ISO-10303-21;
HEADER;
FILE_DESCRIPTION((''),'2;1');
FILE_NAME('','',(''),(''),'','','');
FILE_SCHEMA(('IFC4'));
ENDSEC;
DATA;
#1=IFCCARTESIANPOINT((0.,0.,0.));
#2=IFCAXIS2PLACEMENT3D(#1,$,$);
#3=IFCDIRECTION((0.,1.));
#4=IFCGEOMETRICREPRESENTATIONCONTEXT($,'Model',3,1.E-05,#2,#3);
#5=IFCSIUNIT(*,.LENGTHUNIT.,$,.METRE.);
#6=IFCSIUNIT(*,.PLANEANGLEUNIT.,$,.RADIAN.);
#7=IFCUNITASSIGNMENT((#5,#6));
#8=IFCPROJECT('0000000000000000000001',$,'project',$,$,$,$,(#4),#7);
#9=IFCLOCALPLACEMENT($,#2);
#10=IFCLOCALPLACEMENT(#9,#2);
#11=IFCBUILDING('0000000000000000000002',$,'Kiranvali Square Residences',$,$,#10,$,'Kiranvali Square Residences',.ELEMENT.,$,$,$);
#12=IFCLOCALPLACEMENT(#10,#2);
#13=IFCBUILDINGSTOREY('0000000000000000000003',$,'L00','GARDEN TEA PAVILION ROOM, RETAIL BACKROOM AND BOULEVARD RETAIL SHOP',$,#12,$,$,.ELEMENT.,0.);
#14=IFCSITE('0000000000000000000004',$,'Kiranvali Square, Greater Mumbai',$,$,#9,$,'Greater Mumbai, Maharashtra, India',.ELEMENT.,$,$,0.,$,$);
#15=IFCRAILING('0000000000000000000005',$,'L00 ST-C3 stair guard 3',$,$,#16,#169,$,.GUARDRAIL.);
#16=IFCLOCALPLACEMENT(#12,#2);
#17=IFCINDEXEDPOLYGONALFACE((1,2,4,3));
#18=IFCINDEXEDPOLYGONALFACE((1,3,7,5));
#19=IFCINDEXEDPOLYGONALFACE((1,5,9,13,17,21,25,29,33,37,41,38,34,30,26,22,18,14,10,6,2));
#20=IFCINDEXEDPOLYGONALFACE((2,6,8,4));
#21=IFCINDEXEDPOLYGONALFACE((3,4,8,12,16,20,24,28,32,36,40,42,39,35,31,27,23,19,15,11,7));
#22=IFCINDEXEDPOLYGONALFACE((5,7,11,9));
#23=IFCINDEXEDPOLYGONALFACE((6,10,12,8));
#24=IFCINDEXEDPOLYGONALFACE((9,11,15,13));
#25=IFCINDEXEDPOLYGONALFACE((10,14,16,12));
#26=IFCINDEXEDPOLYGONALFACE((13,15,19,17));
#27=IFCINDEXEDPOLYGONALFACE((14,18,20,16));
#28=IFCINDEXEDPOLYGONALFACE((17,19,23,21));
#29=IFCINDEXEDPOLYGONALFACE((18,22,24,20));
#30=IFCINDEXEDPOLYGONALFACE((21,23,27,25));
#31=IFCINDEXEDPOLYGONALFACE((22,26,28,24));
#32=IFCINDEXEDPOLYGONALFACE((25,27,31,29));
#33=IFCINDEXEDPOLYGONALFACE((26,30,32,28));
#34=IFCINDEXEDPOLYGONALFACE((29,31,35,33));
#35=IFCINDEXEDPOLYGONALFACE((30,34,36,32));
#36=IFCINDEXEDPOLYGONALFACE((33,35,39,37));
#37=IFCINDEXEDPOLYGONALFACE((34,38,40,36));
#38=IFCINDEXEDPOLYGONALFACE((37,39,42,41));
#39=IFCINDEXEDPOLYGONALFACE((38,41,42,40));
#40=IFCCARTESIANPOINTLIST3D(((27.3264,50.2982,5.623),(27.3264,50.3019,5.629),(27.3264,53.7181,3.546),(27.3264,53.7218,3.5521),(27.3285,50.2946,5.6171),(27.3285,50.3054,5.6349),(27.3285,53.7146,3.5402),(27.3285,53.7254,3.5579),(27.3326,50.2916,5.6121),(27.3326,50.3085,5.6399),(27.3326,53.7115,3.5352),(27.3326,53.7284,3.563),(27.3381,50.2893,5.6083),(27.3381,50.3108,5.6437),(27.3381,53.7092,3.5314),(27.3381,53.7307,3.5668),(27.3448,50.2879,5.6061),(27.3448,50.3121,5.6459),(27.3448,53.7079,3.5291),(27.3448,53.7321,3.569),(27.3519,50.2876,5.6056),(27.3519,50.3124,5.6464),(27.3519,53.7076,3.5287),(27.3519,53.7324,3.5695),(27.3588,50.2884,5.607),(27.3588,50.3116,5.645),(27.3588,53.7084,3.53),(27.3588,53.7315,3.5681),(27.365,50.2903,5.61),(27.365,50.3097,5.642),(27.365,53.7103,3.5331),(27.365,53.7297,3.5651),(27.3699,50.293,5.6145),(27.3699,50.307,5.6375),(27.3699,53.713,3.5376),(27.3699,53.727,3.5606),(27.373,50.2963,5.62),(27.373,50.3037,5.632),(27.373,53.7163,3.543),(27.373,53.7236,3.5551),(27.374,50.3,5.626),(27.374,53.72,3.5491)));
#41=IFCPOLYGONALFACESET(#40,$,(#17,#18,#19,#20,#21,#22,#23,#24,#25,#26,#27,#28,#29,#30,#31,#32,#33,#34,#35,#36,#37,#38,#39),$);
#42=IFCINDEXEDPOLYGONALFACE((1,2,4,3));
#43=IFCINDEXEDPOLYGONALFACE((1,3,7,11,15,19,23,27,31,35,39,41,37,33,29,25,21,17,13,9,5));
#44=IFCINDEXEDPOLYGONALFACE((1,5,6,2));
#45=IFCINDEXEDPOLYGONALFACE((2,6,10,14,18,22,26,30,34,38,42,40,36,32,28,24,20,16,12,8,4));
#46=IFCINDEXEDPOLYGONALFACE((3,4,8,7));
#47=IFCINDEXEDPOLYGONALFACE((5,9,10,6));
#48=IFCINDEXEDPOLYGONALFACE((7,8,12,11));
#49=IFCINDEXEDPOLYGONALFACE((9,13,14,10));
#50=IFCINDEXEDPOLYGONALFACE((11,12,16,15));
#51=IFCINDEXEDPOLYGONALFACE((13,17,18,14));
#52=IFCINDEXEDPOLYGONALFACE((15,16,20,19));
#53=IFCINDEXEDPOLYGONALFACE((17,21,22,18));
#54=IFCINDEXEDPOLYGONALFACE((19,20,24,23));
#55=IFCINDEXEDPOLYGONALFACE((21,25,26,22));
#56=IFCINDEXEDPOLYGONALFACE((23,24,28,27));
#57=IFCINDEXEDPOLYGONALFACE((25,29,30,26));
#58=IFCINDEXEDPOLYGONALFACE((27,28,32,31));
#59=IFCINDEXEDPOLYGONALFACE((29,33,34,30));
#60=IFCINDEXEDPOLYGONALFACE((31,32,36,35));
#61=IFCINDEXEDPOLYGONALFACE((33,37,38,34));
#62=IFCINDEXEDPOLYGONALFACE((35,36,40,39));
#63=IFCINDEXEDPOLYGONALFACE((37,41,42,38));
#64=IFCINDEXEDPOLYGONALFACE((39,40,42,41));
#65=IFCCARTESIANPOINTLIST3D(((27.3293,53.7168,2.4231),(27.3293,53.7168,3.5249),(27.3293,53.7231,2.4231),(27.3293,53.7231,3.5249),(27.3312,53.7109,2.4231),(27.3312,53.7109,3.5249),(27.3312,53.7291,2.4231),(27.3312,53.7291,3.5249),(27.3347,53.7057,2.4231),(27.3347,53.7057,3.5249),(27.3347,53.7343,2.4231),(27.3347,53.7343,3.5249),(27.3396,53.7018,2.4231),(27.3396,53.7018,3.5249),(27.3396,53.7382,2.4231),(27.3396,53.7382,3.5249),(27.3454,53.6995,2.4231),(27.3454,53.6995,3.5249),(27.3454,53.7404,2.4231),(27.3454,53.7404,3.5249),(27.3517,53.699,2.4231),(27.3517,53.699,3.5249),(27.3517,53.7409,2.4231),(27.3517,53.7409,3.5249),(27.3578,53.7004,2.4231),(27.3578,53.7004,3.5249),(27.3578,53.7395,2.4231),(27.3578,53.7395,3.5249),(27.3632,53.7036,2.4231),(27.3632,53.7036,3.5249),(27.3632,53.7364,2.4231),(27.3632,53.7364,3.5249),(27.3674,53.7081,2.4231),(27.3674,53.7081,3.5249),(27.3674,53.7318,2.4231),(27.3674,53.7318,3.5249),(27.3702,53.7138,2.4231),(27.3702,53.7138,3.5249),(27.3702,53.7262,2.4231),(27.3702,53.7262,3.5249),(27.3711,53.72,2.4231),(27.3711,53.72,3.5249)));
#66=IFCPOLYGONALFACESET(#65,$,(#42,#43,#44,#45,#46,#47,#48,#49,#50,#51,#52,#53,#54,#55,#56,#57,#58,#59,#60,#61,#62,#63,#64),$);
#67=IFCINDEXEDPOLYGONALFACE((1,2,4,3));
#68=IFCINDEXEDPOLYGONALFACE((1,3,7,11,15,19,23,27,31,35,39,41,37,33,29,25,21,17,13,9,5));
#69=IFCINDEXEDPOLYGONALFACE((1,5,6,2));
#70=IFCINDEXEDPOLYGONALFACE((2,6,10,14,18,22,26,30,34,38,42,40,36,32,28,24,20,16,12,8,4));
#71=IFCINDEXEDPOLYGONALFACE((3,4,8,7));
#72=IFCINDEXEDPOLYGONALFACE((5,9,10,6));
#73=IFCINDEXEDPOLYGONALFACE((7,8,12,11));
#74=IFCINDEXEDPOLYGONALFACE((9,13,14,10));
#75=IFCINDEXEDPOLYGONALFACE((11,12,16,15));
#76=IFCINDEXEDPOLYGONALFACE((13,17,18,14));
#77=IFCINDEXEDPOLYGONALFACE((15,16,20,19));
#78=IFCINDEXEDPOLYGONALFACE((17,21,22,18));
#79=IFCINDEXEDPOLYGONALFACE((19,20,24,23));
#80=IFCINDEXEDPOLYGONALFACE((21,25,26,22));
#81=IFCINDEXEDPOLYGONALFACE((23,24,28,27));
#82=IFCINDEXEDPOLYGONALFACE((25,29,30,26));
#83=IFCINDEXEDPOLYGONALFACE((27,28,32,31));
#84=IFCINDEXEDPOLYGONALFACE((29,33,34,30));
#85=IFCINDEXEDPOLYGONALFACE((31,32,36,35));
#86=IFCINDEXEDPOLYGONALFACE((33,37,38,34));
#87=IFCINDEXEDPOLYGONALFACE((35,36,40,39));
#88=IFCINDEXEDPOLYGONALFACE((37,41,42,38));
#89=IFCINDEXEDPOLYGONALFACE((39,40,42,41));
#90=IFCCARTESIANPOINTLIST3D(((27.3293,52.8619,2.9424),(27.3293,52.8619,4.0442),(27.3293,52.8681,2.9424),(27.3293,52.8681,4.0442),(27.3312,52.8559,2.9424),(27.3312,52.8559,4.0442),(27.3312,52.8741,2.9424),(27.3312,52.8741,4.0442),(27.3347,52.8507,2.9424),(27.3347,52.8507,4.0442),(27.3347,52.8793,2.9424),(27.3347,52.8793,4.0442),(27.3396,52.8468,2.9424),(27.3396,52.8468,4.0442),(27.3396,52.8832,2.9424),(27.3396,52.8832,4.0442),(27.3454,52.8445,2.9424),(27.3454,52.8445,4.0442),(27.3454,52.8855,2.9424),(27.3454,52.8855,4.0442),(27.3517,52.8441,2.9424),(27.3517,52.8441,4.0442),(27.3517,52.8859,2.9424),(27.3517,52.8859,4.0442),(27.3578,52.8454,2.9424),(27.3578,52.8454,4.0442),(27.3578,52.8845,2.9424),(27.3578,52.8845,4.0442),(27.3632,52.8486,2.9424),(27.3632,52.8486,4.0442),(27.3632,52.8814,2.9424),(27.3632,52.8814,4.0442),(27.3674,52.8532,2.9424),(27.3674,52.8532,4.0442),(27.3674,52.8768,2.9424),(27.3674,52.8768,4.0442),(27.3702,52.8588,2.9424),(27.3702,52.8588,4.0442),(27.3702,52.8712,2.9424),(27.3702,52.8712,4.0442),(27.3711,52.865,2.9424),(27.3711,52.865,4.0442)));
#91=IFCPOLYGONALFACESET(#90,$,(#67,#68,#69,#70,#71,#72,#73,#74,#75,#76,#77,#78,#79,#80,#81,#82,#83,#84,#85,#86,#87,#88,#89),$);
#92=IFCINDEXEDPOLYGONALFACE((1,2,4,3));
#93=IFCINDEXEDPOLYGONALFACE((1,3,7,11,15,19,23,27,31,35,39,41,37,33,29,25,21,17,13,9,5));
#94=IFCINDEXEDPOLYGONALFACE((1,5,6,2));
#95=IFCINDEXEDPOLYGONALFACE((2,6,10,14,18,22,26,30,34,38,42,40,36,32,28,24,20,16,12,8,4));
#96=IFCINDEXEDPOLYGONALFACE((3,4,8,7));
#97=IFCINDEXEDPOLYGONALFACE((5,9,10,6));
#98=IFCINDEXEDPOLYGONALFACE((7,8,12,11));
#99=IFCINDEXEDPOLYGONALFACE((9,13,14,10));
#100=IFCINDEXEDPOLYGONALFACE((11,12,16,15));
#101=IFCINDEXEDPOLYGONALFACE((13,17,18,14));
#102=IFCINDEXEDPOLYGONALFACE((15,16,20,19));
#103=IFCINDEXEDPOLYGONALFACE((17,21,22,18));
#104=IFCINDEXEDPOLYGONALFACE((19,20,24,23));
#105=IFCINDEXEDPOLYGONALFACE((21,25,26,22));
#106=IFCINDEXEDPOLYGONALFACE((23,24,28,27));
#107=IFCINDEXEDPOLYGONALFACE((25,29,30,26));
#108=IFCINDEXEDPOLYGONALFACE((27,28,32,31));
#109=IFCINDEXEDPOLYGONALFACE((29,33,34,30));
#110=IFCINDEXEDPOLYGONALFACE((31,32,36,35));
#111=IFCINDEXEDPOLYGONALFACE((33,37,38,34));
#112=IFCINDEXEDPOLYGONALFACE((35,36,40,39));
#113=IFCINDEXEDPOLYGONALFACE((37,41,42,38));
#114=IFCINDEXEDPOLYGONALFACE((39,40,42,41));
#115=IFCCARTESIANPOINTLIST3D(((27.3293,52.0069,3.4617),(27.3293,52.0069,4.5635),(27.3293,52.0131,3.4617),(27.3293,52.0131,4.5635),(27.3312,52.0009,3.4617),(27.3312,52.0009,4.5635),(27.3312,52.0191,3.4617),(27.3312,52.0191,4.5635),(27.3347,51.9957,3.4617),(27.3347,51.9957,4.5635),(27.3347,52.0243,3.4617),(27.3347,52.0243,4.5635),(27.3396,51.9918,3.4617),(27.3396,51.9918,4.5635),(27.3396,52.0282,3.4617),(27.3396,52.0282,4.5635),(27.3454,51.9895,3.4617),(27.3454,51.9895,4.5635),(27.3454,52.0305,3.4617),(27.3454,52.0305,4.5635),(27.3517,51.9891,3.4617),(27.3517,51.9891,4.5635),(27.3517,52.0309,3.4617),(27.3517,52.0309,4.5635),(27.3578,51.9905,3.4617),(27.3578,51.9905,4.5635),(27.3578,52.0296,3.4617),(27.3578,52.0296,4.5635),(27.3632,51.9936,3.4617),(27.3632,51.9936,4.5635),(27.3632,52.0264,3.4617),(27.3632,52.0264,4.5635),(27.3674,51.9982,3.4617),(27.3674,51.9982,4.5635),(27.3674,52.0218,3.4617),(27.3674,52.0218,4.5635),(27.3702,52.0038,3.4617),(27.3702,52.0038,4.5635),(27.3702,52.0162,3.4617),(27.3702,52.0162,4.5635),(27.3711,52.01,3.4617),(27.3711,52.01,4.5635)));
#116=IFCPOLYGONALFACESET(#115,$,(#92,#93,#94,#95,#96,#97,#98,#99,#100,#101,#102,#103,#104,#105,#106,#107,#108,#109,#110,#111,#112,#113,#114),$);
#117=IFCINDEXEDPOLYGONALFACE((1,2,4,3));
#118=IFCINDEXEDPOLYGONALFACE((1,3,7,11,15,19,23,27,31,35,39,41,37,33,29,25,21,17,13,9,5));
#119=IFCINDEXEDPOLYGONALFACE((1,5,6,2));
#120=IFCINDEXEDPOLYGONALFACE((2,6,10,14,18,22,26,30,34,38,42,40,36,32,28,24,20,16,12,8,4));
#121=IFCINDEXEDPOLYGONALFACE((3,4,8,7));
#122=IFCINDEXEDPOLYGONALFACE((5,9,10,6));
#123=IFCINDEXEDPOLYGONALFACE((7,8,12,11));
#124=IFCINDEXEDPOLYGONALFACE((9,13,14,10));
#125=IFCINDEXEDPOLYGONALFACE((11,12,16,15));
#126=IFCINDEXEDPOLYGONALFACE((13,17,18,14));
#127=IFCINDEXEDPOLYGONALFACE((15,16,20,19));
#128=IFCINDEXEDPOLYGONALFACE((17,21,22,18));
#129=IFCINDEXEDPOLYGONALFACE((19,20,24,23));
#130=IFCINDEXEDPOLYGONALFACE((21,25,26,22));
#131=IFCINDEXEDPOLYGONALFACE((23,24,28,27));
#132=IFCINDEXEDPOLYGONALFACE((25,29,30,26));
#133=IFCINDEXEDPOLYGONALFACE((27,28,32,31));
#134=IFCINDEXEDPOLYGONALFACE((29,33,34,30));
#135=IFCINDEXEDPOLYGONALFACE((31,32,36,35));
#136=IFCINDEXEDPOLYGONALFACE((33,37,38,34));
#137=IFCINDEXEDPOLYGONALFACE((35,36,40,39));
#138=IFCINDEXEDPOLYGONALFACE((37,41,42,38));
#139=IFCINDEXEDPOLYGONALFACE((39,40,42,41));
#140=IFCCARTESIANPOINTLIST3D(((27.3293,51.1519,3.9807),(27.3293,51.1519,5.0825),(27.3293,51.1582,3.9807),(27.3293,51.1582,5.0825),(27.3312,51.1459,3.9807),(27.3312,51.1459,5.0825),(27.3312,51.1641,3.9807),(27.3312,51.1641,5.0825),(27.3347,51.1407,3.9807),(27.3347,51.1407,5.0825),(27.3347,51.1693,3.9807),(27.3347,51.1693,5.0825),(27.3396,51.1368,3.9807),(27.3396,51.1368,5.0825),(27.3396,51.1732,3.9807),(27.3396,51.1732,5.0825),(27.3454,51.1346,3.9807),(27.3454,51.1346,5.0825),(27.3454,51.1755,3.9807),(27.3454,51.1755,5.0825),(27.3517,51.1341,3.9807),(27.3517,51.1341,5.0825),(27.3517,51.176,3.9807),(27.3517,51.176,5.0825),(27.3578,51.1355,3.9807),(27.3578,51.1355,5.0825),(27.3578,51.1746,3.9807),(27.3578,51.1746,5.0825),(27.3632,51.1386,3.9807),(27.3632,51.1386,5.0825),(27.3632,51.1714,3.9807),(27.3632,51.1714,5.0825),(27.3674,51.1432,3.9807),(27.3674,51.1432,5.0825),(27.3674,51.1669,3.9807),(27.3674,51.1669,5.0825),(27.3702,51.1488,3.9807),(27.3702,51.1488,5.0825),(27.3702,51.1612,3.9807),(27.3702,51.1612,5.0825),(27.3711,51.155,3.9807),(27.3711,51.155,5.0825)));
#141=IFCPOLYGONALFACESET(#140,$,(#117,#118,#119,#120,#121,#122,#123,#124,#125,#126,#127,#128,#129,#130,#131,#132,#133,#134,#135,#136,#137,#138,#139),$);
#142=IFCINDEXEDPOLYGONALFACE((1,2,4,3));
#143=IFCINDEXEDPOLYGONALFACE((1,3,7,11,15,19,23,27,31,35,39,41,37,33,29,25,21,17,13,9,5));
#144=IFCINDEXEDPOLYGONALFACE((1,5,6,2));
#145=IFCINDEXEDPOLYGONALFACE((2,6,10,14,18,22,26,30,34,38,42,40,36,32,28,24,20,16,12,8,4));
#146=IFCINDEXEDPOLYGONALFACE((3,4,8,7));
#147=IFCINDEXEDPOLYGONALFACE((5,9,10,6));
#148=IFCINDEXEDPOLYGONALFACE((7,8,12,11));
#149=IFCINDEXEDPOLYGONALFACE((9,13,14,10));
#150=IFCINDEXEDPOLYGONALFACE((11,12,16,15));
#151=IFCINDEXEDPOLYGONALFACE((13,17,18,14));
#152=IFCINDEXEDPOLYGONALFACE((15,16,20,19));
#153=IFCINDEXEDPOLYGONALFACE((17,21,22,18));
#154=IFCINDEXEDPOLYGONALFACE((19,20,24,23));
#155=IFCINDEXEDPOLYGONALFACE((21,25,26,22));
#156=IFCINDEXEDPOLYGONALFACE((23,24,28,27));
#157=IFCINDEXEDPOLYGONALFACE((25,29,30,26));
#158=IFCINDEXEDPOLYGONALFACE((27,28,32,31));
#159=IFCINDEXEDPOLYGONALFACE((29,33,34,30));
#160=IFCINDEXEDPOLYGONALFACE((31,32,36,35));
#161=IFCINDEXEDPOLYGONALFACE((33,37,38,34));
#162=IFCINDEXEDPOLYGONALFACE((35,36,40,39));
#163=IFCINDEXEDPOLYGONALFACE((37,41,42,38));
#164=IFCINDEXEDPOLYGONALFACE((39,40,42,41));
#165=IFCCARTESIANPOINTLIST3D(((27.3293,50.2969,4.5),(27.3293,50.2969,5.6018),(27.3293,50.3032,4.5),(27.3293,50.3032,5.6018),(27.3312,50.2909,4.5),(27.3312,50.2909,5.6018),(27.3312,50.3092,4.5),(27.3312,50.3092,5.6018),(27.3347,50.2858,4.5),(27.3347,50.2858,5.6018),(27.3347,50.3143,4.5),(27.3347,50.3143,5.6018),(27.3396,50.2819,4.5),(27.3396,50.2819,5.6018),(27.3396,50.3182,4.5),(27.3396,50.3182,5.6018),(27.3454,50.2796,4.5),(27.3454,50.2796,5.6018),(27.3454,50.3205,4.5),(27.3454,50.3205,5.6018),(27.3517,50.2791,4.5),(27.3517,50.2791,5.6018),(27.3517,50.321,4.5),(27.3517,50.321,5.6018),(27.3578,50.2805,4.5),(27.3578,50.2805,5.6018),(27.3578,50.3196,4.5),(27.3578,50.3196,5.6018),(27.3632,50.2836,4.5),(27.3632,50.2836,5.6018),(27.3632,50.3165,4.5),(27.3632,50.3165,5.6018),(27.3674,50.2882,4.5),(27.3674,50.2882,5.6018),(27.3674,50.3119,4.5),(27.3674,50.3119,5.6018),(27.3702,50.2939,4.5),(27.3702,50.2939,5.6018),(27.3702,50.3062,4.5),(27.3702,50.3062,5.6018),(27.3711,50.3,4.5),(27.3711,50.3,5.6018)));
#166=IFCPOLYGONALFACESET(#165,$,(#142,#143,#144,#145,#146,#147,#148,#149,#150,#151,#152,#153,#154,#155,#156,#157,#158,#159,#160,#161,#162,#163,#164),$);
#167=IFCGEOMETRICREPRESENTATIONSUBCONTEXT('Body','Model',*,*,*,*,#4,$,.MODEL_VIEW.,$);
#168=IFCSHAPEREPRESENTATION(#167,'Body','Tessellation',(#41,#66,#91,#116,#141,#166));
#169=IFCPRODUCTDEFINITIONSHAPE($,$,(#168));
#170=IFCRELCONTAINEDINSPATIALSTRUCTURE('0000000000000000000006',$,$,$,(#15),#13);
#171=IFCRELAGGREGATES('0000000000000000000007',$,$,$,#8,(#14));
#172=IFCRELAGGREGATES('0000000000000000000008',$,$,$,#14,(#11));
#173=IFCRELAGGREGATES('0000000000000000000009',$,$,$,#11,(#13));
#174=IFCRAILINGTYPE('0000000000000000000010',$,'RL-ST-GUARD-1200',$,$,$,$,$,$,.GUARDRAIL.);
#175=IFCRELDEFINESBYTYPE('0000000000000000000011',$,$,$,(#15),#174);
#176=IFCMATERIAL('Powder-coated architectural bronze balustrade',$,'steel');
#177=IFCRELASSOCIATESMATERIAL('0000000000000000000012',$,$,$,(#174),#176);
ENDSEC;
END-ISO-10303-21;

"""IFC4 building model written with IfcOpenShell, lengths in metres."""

from ifc_helpers import new_model, si_unit, direction, frame, origin, origin_2d, place, context, subcontext, project, spatial, circle, extrude, material, type_object, element, save


model = new_model("IFC4")

# Units and contexts
model_context = context("Model", 3, precision=1e-05, world=origin(), true_north=direction((0.0, 1.0)))
body_context = subcontext(model_context, "Body", "Model", "MODEL_VIEW")
ifc_project = project(units=[si_unit("LENGTHUNIT", "METRE"), si_unit("PLANEANGLEUNIT", "RADIAN")], contexts=[model_context])

# Site, building, storey
site_placement = place(None, origin())
site = spatial("IfcSite", under=ifc_project, at=site_placement, Name="Kiranvali Square, Greater Mumbai", LongName="Greater Mumbai, Maharashtra, India", CompositionType="ELEMENT", RefElevation=0.0)
building_placement = place(site_placement, origin())
building = spatial("IfcBuilding", under=site, at=building_placement, Name="Kiranvali Square Residences", LongName="Kiranvali Square Residences", CompositionType="ELEMENT")
storey_placement = place(building_placement, origin())
storey = spatial("IfcBuildingStorey", under=building, at=storey_placement, Name="L00", Description="GARDEN TEA PAVILION ROOM, RETAIL BACKROOM AND BOULEVARD RETAIL SHOP", CompositionType="ELEMENT", Elevation=0.0)

# Railing
ifc_material_1 = material(Name="Powder-coated architectural bronze balustrade", Category="steel")
railing_type_1 = type_object("IfcRailingType", Name="RL-ST-GUARD-1200", PredefinedType="GUARDRAIL", material=ifc_material_1)
railing_1_placement = place(storey_placement, frame((27.3501, 53.72, 2.4231)))
element("IfcRailing", 1, at=railing_1_placement, inside=storey, type_object=railing_type_1, Name="L00 ST-C3 stair guard 3", PredefinedType="GUARDRAIL", context=body_context, shape_type="SweptSolid", body=[
    extrude(circle(Radius=0.0239, at=origin_2d()), frame((0.0, 0.0, 1.126), z_axis=(0.0, -0.85473, 0.519074), x_axis=(1.0, 0.0, 0.0)), (0.0, 0.0, 1.0), 4.0012),
    extrude(circle(Radius=0.021, at=origin_2d()), origin(), (0.0, 0.0, 1.0), 1.1018),
    extrude(circle(Radius=0.021, at=origin_2d()), frame((0.0, -0.855, 0.5193)), (0.0, 0.0, 1.0), 1.1018),
    extrude(circle(Radius=0.021, at=origin_2d()), frame((0.0, -1.71, 1.0386)), (0.0, 0.0, 1.0), 1.1018),
    extrude(circle(Radius=0.021, at=origin_2d()), frame((0.0, -2.5649, 1.5576)), (0.0, 0.0, 1.0), 1.1018),
    extrude(circle(Radius=0.021, at=origin_2d()), frame((0.0, -3.4199, 2.0769)), (0.0, 0.0, 1.0), 1.1018),
])

save(model, "model.ifc")
